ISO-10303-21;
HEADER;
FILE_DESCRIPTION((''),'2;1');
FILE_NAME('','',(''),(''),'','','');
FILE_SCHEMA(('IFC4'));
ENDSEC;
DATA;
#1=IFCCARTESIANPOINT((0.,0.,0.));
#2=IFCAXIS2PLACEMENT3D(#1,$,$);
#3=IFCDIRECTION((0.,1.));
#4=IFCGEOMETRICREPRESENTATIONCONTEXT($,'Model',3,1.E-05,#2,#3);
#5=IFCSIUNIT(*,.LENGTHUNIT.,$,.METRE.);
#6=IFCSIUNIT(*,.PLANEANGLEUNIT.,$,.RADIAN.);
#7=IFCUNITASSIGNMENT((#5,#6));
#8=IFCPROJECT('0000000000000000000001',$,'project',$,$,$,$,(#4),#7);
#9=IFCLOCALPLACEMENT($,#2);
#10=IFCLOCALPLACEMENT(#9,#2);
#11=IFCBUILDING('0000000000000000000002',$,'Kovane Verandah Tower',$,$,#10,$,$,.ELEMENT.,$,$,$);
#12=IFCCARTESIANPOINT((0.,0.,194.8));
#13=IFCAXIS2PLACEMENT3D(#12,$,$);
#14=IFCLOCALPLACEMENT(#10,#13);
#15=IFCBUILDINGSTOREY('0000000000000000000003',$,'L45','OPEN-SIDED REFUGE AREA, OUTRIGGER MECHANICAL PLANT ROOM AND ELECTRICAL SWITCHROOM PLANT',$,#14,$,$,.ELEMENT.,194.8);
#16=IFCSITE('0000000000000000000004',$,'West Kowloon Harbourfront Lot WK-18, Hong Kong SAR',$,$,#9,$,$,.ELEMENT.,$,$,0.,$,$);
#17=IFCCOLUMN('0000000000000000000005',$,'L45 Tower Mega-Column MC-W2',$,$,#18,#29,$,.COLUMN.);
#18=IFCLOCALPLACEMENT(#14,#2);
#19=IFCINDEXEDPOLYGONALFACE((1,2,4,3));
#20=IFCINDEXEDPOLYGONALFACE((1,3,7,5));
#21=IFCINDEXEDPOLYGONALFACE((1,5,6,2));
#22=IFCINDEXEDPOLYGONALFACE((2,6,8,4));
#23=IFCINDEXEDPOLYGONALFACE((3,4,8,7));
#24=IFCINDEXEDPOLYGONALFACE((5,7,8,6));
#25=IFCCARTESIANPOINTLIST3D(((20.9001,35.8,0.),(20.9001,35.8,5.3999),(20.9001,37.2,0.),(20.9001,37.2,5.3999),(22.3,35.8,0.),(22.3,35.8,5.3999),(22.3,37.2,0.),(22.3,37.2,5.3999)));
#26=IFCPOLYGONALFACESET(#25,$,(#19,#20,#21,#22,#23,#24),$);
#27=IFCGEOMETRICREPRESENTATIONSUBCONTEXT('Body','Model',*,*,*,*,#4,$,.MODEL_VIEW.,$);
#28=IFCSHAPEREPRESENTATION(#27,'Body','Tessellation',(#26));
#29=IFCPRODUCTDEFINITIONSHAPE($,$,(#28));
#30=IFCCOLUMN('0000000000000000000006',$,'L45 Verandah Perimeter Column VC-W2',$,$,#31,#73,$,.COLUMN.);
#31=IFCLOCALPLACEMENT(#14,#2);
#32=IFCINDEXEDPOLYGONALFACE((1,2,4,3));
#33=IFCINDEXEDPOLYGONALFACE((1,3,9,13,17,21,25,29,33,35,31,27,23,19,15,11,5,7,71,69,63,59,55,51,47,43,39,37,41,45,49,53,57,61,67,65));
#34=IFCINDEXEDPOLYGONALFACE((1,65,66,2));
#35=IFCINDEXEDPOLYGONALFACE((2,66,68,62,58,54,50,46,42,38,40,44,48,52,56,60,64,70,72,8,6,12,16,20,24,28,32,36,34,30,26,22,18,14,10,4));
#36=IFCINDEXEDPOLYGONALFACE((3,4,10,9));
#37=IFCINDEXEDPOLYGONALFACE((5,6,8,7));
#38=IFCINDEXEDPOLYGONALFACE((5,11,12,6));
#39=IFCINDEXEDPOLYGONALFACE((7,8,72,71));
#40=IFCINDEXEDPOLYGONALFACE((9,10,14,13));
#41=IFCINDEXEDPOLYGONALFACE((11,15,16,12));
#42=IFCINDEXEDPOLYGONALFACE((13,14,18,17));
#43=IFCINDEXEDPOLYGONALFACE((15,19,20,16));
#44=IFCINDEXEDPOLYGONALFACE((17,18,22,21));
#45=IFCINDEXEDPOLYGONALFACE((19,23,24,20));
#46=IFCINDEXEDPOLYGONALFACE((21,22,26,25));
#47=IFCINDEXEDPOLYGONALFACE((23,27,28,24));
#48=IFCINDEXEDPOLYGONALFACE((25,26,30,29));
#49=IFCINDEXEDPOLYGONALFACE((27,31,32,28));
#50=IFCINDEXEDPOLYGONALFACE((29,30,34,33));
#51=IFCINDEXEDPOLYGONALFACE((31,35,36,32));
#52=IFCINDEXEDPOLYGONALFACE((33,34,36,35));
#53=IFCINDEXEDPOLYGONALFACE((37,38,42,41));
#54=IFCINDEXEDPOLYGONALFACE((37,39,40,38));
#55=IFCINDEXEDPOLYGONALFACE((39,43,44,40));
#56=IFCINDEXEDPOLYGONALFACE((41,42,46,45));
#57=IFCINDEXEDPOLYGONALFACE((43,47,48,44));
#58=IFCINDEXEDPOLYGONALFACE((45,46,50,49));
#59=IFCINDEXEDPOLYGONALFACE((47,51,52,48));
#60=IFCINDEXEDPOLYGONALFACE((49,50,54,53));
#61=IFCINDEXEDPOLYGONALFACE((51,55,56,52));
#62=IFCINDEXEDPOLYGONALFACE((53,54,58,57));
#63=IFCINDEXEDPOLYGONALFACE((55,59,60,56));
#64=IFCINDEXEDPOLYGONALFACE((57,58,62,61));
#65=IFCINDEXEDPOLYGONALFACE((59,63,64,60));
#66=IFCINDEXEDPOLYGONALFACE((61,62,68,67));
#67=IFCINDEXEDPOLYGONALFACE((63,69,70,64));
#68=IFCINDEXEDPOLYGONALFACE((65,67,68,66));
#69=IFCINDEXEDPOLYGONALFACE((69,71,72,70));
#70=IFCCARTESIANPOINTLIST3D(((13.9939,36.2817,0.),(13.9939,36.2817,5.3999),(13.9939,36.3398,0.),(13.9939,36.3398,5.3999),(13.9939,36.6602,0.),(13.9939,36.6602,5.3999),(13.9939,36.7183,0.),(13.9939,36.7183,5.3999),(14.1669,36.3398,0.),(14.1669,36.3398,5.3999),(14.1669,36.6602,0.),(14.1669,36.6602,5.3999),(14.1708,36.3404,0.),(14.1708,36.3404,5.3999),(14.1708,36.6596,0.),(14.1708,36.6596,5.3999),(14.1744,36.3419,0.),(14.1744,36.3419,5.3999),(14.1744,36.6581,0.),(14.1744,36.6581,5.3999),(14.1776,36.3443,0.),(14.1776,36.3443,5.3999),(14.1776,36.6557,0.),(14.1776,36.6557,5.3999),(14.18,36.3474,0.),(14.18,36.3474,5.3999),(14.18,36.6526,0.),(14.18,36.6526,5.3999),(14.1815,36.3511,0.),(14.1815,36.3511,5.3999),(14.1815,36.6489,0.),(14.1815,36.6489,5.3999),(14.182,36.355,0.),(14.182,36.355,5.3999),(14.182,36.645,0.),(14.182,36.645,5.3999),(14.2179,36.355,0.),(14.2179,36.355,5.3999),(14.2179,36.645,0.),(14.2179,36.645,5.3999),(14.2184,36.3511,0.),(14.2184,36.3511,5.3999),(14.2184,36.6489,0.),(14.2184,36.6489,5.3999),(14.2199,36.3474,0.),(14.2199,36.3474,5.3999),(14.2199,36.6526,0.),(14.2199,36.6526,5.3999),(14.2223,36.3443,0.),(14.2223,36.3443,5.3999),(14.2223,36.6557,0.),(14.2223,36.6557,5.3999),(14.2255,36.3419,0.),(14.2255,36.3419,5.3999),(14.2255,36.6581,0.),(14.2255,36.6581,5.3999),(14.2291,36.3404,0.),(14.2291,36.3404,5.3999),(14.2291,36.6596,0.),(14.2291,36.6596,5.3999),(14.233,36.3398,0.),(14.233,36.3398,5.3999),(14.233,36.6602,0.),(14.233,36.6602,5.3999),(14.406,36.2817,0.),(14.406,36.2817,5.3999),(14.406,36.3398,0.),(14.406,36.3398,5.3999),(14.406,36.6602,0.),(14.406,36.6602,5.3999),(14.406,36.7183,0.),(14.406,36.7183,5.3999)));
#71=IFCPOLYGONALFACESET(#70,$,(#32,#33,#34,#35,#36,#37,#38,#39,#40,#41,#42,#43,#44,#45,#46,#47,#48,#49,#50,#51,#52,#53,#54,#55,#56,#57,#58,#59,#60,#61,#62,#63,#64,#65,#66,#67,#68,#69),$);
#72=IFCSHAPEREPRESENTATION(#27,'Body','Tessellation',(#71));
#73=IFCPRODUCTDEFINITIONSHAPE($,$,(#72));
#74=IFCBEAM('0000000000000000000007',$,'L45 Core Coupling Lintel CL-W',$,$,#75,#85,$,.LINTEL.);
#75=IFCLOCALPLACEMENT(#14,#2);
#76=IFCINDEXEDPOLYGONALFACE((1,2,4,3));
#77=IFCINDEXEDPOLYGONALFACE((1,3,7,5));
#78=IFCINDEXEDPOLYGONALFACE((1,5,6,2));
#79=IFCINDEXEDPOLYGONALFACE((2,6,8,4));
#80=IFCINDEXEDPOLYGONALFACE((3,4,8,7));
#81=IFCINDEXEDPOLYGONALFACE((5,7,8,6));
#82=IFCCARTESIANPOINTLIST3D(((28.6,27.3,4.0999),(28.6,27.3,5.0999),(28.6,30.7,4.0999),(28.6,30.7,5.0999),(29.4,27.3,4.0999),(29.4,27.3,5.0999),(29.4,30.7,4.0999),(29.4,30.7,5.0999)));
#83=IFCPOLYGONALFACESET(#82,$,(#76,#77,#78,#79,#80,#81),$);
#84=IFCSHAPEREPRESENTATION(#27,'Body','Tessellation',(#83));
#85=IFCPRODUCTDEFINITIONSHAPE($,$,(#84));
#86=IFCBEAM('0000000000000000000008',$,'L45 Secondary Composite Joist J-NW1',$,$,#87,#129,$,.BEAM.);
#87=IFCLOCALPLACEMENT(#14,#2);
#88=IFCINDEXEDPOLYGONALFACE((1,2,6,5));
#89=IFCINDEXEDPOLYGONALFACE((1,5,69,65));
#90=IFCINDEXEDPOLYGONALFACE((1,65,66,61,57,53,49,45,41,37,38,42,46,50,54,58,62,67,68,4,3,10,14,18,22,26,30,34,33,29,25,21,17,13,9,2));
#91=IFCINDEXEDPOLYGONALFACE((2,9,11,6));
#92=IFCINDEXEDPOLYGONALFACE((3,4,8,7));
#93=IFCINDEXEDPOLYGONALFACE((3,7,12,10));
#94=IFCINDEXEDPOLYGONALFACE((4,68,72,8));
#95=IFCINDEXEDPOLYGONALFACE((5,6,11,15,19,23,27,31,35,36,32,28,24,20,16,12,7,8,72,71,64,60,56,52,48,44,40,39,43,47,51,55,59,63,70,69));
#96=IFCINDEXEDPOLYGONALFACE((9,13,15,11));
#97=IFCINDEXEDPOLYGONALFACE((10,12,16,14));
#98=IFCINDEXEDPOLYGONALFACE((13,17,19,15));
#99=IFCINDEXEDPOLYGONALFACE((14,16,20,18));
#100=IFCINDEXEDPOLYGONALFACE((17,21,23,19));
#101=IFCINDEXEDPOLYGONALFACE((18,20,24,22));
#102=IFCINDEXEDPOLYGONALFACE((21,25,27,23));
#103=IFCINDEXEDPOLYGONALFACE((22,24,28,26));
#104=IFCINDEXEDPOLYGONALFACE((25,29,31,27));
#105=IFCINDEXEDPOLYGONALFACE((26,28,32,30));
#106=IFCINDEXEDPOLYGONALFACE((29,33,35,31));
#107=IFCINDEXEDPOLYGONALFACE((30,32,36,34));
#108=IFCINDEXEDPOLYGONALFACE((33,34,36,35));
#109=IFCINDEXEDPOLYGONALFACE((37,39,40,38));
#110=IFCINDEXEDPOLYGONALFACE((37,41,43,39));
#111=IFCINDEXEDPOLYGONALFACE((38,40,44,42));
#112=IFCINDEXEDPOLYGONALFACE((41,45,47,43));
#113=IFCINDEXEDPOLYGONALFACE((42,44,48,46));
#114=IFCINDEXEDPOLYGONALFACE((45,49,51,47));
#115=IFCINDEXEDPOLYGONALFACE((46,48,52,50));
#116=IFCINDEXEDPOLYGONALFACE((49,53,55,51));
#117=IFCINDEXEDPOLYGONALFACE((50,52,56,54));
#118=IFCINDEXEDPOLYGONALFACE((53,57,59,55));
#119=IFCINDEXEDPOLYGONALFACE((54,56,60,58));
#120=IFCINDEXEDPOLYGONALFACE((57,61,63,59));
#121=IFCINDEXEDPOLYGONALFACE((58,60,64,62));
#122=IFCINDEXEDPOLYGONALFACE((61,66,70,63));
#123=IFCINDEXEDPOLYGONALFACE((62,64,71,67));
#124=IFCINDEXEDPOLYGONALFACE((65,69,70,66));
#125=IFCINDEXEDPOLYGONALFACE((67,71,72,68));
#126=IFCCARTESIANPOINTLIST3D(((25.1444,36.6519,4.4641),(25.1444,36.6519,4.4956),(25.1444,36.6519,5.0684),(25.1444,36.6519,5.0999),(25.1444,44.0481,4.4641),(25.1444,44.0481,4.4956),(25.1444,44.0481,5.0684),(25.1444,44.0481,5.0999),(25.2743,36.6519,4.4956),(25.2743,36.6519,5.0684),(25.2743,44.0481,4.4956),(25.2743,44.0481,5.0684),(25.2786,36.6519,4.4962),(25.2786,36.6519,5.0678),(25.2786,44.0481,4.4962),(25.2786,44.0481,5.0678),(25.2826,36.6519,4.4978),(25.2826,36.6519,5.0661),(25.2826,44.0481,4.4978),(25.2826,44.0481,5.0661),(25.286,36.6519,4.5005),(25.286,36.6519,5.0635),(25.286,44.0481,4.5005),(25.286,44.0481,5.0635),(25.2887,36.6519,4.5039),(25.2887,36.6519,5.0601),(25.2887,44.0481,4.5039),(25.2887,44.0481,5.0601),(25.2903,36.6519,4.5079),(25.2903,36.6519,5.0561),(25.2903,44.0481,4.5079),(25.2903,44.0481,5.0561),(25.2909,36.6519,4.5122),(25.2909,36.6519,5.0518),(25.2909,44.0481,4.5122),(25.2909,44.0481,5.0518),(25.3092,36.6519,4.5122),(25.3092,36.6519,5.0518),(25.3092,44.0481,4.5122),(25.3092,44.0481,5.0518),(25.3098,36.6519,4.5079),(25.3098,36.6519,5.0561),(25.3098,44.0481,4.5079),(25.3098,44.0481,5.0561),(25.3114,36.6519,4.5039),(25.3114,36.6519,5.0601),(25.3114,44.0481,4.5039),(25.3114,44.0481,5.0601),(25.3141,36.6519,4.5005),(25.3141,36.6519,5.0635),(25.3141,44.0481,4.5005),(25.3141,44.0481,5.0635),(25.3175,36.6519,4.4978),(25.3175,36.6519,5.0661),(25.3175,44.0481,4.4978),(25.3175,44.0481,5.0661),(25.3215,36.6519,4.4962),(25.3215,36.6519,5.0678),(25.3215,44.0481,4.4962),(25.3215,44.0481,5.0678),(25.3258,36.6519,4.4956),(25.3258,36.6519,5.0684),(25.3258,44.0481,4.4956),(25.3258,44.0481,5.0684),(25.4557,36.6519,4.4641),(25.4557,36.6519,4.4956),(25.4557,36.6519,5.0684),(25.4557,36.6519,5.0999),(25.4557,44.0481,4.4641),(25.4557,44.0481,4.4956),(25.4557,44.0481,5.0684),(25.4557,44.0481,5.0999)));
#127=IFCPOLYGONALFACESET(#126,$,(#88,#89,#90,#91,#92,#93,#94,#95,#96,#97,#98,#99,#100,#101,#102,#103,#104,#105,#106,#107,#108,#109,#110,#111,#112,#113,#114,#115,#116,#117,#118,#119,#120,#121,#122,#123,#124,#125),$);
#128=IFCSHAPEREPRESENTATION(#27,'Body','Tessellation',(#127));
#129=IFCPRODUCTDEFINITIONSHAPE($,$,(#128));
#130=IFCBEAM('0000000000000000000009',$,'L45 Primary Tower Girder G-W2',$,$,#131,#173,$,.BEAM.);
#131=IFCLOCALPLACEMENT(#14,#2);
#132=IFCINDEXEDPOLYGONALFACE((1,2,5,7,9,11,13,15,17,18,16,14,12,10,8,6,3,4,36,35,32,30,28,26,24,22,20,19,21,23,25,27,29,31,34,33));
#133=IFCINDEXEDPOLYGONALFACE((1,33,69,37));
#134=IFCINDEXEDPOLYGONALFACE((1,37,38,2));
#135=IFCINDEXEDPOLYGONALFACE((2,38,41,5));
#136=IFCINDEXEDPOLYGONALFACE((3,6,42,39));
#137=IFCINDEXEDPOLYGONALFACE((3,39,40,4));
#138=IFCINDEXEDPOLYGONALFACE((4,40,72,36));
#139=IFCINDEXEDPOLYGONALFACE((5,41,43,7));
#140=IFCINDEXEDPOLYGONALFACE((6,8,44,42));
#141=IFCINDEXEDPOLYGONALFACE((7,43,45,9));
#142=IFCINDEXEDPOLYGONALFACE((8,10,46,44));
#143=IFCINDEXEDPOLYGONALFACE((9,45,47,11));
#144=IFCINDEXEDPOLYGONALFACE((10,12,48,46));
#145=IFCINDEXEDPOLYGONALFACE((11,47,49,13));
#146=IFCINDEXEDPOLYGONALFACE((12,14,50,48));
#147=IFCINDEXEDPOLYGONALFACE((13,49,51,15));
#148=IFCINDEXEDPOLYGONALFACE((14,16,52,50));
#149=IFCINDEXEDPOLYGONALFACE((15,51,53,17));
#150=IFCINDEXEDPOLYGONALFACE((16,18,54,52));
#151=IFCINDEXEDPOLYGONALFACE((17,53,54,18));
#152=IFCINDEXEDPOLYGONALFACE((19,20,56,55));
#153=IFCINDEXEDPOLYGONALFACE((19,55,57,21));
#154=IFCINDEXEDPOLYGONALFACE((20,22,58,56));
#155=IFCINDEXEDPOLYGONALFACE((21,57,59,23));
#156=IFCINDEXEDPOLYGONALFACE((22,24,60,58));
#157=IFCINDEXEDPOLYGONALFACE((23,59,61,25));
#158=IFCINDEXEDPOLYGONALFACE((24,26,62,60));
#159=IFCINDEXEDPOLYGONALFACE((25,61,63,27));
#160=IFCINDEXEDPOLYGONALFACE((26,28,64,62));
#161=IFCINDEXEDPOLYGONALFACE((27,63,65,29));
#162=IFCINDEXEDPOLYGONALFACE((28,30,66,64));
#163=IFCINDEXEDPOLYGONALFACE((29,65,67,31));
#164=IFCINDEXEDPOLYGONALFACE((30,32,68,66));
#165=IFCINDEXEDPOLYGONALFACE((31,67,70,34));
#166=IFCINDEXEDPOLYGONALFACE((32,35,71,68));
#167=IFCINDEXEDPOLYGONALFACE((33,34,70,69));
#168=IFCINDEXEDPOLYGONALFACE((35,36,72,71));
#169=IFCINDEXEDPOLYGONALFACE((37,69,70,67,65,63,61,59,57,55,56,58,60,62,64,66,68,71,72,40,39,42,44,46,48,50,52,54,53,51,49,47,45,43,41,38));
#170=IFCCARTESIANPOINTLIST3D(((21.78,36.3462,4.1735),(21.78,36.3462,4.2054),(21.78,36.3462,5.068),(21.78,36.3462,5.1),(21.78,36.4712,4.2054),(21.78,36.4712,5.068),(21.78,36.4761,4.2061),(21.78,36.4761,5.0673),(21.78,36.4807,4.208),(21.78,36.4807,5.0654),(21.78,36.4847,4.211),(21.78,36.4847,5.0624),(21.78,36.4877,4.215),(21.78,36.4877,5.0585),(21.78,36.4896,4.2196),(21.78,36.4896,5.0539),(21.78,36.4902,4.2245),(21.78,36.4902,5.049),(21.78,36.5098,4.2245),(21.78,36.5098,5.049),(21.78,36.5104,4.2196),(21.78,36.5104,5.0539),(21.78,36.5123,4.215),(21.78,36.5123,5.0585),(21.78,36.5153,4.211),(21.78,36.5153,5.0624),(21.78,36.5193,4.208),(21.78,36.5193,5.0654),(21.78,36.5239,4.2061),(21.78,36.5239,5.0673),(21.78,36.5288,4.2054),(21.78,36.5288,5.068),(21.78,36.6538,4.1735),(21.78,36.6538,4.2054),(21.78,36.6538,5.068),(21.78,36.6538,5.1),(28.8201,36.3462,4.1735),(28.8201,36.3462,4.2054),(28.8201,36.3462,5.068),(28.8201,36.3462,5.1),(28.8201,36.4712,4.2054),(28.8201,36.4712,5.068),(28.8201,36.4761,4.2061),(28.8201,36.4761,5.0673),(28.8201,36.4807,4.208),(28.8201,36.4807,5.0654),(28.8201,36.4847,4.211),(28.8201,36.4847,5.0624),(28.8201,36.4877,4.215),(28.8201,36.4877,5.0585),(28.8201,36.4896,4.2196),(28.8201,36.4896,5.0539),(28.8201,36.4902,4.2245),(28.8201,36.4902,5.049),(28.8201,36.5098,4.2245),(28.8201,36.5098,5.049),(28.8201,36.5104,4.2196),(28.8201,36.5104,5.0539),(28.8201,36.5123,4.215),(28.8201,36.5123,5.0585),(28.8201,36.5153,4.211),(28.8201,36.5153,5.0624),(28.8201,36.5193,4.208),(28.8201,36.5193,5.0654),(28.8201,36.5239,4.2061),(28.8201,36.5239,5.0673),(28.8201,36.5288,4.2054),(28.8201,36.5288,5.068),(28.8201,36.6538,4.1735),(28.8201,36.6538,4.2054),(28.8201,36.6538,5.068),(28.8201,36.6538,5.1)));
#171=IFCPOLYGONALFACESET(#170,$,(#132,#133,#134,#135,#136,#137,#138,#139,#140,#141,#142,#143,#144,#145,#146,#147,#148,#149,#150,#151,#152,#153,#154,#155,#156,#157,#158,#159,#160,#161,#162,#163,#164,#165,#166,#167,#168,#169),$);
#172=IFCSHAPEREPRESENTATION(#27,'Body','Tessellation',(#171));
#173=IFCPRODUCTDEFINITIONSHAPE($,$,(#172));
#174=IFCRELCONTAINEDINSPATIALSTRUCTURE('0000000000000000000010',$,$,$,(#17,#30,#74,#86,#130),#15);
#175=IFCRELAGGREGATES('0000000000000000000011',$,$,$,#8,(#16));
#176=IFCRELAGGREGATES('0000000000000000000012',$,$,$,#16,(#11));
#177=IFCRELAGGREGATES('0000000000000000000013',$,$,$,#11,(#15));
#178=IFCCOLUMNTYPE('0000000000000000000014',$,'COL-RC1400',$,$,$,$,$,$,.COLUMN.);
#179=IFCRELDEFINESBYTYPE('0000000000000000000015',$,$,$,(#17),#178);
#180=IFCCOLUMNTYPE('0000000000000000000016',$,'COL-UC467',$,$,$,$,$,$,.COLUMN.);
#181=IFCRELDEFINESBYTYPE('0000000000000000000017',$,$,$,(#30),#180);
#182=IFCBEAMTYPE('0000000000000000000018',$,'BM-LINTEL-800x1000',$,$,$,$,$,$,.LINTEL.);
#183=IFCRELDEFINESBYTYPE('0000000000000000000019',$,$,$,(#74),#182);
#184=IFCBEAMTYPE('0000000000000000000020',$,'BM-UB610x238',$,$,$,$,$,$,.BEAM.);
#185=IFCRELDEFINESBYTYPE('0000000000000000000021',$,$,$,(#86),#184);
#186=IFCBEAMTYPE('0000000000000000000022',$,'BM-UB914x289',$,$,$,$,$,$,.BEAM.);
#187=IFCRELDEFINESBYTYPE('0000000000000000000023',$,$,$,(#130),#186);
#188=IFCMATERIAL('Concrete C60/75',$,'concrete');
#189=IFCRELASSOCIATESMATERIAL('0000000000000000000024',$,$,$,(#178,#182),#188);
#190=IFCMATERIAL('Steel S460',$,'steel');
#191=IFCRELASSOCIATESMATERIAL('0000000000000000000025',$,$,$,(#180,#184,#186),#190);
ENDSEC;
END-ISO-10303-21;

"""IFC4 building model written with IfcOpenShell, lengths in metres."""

from ifc_helpers import new_model, si_unit, direction, frame, origin, origin_2d, place, context, subcontext, project, spatial, rectangle, i_section, extrude, material, material_profile, profile_set, type_object, element, save


model = new_model("IFC4")

# Units and contexts
model_context = context("Model", 3, precision=1e-05, world=origin(), true_north=direction((0.0, 1.0)))
body_context = subcontext(model_context, "Body", "Model", "MODEL_VIEW")
ifc_project = project(units=[si_unit("LENGTHUNIT", "METRE"), si_unit("PLANEANGLEUNIT", "RADIAN")], contexts=[model_context])

# Site, building, storey
site_placement = place(None, origin())
site = spatial("IfcSite", under=ifc_project, at=site_placement, Name="West Kowloon Harbourfront Lot WK-18, Hong Kong SAR", CompositionType="ELEMENT", RefElevation=0.0)
building_placement = place(site_placement, origin())
building = spatial("IfcBuilding", under=site, at=building_placement, Name="Kovane Verandah Tower", CompositionType="ELEMENT")
storey_placement = place(building_placement, frame((0.0, 0.0, 194.8)))
storey = spatial("IfcBuildingStorey", under=building, at=storey_placement, Name="L45", Description="OPEN-SIDED REFUGE AREA, OUTRIGGER MECHANICAL PLANT ROOM AND ELECTRICAL SWITCHROOM PLANT", CompositionType="ELEMENT", Elevation=194.8)

# Columns
ifc_material_1 = material(Name="Concrete C60/75", Category="concrete")
ifc_material_profile_1 = material_profile(ifc_material_1, rectangle(XDim=1.3999, YDim=1.3999, at=origin_2d()), Name="RC1400x1400")
ifc_profile_set_1 = profile_set([ifc_material_profile_1], Name="Concrete C60/75")
column_type_1 = type_object("IfcColumnType", Name="COL-RC1400", PredefinedType="COLUMN", material=ifc_profile_set_1)
column_1_placement = place(storey_placement, frame((21.6001, 36.5, 0.0), z_axis=(0.0, 0.0, 1.0), x_axis=(1.0, 0.0, 0.0)))
element("IfcColumn", 1, at=column_1_placement, inside=storey, type_object=column_type_1, Name="L45 Tower Mega-Column MC-W2", PredefinedType="COLUMN", context=body_context, shape_type="SweptSolid", body=[
    extrude(rectangle(XDim=1.3999, YDim=1.3999, at=origin_2d()), origin(), (0.0, 0.0, 1.0), 5.3999),
])
ifc_material_2 = material(Name="Steel S460", Category="steel")
ifc_material_profile_2 = material_profile(ifc_material_2, i_section(OverallWidth=0.4121, OverallDepth=0.4365, WebThickness=0.0359, FlangeThickness=0.0581, FilletRadius=0.0151, at=origin_2d()), Name="UC356x406x467")
ifc_profile_set_2 = profile_set([ifc_material_profile_2], Name="Steel S460")
column_type_2 = type_object("IfcColumnType", Name="COL-UC467", PredefinedType="COLUMN", material=ifc_profile_set_2)
column_2_placement = place(storey_placement, frame((14.2, 36.5, 0.0), z_axis=(0.0, 0.0, 1.0), x_axis=(1.0, 0.0, 0.0)))
element("IfcColumn", 2, at=column_2_placement, inside=storey, type_object=column_type_2, Name="L45 Verandah Perimeter Column VC-W2", PredefinedType="COLUMN", context=body_context, shape_type="SweptSolid", body=[
    extrude(i_section(OverallWidth=0.4121, OverallDepth=0.4365, WebThickness=0.0359, FlangeThickness=0.0581, FilletRadius=0.0151, at=origin_2d()), origin(), (0.0, 0.0, 1.0), 5.3999),
])

# Beams
ifc_material_profile_3 = material_profile(ifc_material_1, rectangle(XDim=0.8, YDim=1.0, at=origin_2d()), Name="RCB800x1000")
ifc_profile_set_3 = profile_set([ifc_material_profile_3], Name="Concrete C60/75")
beam_type_1 = type_object("IfcBeamType", Name="BM-LINTEL-800x1000", PredefinedType="LINTEL", material=ifc_profile_set_3)
beam_1_placement = place(storey_placement, frame((29.0, 27.3, 4.5999), z_axis=(0.0, 1.0, 0.0), x_axis=(-1.0, 0.0, 0.0)))
element("IfcBeam", 3, at=beam_1_placement, inside=storey, type_object=beam_type_1, Name="L45 Core Coupling Lintel CL-W", PredefinedType="LINTEL", context=body_context, shape_type="SweptSolid", body=[
    extrude(rectangle(XDim=0.8, YDim=1.0, at=origin_2d()), origin(), (0.0, 0.0, 1.0), 3.3999),
])
ifc_material_profile_4 = material_profile(ifc_material_2, i_section(OverallWidth=0.3113, OverallDepth=0.6357, WebThickness=0.0183, FlangeThickness=0.0315, FilletRadius=0.0166, at=origin_2d()), Name="UB610x305x238")
ifc_profile_set_4 = profile_set([ifc_material_profile_4], Name="Steel S460")
beam_type_2 = type_object("IfcBeamType", Name="BM-UB610x238", PredefinedType="BEAM", material=ifc_profile_set_4)
beam_2_placement = place(storey_placement, frame((25.3, 36.6519, 4.782), z_axis=(0.0, 1.0, 0.0), x_axis=(-1.0, 0.0, 0.0)))
element("IfcBeam", 4, at=beam_2_placement, inside=storey, type_object=beam_type_2, Name="L45 Secondary Composite Joist J-NW1", PredefinedType="BEAM", context=body_context, shape_type="SweptSolid", body=[
    extrude(i_section(OverallWidth=0.3113, OverallDepth=0.6357, WebThickness=0.0183, FlangeThickness=0.0315, FilletRadius=0.0166, at=origin_2d()), origin(), (0.0, 0.0, 1.0), 7.3962),
])
ifc_material_profile_5 = material_profile(ifc_material_2, i_section(OverallWidth=0.3076, OverallDepth=0.9265, WebThickness=0.0195, FlangeThickness=0.032, FilletRadius=0.019, at=origin_2d()), Name="UB914x305x289")
ifc_profile_set_5 = profile_set([ifc_material_profile_5], Name="Steel S460")
beam_type_3 = type_object("IfcBeamType", Name="BM-UB914x289", PredefinedType="BEAM", material=ifc_profile_set_5)
for number, where, z_axis, x_axis, name in (
    (5, (28.8201, 36.5, 4.6367), (-1.0, 0.0, 0.0), (0.0, -1.0, 0.0), "L45 Primary Tower Girder G-W2"),
):
    element("IfcBeam", number, at=place(storey_placement, frame(where, z_axis=z_axis, x_axis=x_axis)), inside=storey, type_object=beam_type_3, Name=name, PredefinedType="BEAM", context=body_context, shape_type="SweptSolid", body=[
        extrude(i_section(OverallWidth=0.3076, OverallDepth=0.9265, WebThickness=0.0195, FlangeThickness=0.032, FilletRadius=0.019, at=origin_2d()), origin(), (0.0, 0.0, 1.0), 7.04),
    ])

save(model, "model.ifc")
